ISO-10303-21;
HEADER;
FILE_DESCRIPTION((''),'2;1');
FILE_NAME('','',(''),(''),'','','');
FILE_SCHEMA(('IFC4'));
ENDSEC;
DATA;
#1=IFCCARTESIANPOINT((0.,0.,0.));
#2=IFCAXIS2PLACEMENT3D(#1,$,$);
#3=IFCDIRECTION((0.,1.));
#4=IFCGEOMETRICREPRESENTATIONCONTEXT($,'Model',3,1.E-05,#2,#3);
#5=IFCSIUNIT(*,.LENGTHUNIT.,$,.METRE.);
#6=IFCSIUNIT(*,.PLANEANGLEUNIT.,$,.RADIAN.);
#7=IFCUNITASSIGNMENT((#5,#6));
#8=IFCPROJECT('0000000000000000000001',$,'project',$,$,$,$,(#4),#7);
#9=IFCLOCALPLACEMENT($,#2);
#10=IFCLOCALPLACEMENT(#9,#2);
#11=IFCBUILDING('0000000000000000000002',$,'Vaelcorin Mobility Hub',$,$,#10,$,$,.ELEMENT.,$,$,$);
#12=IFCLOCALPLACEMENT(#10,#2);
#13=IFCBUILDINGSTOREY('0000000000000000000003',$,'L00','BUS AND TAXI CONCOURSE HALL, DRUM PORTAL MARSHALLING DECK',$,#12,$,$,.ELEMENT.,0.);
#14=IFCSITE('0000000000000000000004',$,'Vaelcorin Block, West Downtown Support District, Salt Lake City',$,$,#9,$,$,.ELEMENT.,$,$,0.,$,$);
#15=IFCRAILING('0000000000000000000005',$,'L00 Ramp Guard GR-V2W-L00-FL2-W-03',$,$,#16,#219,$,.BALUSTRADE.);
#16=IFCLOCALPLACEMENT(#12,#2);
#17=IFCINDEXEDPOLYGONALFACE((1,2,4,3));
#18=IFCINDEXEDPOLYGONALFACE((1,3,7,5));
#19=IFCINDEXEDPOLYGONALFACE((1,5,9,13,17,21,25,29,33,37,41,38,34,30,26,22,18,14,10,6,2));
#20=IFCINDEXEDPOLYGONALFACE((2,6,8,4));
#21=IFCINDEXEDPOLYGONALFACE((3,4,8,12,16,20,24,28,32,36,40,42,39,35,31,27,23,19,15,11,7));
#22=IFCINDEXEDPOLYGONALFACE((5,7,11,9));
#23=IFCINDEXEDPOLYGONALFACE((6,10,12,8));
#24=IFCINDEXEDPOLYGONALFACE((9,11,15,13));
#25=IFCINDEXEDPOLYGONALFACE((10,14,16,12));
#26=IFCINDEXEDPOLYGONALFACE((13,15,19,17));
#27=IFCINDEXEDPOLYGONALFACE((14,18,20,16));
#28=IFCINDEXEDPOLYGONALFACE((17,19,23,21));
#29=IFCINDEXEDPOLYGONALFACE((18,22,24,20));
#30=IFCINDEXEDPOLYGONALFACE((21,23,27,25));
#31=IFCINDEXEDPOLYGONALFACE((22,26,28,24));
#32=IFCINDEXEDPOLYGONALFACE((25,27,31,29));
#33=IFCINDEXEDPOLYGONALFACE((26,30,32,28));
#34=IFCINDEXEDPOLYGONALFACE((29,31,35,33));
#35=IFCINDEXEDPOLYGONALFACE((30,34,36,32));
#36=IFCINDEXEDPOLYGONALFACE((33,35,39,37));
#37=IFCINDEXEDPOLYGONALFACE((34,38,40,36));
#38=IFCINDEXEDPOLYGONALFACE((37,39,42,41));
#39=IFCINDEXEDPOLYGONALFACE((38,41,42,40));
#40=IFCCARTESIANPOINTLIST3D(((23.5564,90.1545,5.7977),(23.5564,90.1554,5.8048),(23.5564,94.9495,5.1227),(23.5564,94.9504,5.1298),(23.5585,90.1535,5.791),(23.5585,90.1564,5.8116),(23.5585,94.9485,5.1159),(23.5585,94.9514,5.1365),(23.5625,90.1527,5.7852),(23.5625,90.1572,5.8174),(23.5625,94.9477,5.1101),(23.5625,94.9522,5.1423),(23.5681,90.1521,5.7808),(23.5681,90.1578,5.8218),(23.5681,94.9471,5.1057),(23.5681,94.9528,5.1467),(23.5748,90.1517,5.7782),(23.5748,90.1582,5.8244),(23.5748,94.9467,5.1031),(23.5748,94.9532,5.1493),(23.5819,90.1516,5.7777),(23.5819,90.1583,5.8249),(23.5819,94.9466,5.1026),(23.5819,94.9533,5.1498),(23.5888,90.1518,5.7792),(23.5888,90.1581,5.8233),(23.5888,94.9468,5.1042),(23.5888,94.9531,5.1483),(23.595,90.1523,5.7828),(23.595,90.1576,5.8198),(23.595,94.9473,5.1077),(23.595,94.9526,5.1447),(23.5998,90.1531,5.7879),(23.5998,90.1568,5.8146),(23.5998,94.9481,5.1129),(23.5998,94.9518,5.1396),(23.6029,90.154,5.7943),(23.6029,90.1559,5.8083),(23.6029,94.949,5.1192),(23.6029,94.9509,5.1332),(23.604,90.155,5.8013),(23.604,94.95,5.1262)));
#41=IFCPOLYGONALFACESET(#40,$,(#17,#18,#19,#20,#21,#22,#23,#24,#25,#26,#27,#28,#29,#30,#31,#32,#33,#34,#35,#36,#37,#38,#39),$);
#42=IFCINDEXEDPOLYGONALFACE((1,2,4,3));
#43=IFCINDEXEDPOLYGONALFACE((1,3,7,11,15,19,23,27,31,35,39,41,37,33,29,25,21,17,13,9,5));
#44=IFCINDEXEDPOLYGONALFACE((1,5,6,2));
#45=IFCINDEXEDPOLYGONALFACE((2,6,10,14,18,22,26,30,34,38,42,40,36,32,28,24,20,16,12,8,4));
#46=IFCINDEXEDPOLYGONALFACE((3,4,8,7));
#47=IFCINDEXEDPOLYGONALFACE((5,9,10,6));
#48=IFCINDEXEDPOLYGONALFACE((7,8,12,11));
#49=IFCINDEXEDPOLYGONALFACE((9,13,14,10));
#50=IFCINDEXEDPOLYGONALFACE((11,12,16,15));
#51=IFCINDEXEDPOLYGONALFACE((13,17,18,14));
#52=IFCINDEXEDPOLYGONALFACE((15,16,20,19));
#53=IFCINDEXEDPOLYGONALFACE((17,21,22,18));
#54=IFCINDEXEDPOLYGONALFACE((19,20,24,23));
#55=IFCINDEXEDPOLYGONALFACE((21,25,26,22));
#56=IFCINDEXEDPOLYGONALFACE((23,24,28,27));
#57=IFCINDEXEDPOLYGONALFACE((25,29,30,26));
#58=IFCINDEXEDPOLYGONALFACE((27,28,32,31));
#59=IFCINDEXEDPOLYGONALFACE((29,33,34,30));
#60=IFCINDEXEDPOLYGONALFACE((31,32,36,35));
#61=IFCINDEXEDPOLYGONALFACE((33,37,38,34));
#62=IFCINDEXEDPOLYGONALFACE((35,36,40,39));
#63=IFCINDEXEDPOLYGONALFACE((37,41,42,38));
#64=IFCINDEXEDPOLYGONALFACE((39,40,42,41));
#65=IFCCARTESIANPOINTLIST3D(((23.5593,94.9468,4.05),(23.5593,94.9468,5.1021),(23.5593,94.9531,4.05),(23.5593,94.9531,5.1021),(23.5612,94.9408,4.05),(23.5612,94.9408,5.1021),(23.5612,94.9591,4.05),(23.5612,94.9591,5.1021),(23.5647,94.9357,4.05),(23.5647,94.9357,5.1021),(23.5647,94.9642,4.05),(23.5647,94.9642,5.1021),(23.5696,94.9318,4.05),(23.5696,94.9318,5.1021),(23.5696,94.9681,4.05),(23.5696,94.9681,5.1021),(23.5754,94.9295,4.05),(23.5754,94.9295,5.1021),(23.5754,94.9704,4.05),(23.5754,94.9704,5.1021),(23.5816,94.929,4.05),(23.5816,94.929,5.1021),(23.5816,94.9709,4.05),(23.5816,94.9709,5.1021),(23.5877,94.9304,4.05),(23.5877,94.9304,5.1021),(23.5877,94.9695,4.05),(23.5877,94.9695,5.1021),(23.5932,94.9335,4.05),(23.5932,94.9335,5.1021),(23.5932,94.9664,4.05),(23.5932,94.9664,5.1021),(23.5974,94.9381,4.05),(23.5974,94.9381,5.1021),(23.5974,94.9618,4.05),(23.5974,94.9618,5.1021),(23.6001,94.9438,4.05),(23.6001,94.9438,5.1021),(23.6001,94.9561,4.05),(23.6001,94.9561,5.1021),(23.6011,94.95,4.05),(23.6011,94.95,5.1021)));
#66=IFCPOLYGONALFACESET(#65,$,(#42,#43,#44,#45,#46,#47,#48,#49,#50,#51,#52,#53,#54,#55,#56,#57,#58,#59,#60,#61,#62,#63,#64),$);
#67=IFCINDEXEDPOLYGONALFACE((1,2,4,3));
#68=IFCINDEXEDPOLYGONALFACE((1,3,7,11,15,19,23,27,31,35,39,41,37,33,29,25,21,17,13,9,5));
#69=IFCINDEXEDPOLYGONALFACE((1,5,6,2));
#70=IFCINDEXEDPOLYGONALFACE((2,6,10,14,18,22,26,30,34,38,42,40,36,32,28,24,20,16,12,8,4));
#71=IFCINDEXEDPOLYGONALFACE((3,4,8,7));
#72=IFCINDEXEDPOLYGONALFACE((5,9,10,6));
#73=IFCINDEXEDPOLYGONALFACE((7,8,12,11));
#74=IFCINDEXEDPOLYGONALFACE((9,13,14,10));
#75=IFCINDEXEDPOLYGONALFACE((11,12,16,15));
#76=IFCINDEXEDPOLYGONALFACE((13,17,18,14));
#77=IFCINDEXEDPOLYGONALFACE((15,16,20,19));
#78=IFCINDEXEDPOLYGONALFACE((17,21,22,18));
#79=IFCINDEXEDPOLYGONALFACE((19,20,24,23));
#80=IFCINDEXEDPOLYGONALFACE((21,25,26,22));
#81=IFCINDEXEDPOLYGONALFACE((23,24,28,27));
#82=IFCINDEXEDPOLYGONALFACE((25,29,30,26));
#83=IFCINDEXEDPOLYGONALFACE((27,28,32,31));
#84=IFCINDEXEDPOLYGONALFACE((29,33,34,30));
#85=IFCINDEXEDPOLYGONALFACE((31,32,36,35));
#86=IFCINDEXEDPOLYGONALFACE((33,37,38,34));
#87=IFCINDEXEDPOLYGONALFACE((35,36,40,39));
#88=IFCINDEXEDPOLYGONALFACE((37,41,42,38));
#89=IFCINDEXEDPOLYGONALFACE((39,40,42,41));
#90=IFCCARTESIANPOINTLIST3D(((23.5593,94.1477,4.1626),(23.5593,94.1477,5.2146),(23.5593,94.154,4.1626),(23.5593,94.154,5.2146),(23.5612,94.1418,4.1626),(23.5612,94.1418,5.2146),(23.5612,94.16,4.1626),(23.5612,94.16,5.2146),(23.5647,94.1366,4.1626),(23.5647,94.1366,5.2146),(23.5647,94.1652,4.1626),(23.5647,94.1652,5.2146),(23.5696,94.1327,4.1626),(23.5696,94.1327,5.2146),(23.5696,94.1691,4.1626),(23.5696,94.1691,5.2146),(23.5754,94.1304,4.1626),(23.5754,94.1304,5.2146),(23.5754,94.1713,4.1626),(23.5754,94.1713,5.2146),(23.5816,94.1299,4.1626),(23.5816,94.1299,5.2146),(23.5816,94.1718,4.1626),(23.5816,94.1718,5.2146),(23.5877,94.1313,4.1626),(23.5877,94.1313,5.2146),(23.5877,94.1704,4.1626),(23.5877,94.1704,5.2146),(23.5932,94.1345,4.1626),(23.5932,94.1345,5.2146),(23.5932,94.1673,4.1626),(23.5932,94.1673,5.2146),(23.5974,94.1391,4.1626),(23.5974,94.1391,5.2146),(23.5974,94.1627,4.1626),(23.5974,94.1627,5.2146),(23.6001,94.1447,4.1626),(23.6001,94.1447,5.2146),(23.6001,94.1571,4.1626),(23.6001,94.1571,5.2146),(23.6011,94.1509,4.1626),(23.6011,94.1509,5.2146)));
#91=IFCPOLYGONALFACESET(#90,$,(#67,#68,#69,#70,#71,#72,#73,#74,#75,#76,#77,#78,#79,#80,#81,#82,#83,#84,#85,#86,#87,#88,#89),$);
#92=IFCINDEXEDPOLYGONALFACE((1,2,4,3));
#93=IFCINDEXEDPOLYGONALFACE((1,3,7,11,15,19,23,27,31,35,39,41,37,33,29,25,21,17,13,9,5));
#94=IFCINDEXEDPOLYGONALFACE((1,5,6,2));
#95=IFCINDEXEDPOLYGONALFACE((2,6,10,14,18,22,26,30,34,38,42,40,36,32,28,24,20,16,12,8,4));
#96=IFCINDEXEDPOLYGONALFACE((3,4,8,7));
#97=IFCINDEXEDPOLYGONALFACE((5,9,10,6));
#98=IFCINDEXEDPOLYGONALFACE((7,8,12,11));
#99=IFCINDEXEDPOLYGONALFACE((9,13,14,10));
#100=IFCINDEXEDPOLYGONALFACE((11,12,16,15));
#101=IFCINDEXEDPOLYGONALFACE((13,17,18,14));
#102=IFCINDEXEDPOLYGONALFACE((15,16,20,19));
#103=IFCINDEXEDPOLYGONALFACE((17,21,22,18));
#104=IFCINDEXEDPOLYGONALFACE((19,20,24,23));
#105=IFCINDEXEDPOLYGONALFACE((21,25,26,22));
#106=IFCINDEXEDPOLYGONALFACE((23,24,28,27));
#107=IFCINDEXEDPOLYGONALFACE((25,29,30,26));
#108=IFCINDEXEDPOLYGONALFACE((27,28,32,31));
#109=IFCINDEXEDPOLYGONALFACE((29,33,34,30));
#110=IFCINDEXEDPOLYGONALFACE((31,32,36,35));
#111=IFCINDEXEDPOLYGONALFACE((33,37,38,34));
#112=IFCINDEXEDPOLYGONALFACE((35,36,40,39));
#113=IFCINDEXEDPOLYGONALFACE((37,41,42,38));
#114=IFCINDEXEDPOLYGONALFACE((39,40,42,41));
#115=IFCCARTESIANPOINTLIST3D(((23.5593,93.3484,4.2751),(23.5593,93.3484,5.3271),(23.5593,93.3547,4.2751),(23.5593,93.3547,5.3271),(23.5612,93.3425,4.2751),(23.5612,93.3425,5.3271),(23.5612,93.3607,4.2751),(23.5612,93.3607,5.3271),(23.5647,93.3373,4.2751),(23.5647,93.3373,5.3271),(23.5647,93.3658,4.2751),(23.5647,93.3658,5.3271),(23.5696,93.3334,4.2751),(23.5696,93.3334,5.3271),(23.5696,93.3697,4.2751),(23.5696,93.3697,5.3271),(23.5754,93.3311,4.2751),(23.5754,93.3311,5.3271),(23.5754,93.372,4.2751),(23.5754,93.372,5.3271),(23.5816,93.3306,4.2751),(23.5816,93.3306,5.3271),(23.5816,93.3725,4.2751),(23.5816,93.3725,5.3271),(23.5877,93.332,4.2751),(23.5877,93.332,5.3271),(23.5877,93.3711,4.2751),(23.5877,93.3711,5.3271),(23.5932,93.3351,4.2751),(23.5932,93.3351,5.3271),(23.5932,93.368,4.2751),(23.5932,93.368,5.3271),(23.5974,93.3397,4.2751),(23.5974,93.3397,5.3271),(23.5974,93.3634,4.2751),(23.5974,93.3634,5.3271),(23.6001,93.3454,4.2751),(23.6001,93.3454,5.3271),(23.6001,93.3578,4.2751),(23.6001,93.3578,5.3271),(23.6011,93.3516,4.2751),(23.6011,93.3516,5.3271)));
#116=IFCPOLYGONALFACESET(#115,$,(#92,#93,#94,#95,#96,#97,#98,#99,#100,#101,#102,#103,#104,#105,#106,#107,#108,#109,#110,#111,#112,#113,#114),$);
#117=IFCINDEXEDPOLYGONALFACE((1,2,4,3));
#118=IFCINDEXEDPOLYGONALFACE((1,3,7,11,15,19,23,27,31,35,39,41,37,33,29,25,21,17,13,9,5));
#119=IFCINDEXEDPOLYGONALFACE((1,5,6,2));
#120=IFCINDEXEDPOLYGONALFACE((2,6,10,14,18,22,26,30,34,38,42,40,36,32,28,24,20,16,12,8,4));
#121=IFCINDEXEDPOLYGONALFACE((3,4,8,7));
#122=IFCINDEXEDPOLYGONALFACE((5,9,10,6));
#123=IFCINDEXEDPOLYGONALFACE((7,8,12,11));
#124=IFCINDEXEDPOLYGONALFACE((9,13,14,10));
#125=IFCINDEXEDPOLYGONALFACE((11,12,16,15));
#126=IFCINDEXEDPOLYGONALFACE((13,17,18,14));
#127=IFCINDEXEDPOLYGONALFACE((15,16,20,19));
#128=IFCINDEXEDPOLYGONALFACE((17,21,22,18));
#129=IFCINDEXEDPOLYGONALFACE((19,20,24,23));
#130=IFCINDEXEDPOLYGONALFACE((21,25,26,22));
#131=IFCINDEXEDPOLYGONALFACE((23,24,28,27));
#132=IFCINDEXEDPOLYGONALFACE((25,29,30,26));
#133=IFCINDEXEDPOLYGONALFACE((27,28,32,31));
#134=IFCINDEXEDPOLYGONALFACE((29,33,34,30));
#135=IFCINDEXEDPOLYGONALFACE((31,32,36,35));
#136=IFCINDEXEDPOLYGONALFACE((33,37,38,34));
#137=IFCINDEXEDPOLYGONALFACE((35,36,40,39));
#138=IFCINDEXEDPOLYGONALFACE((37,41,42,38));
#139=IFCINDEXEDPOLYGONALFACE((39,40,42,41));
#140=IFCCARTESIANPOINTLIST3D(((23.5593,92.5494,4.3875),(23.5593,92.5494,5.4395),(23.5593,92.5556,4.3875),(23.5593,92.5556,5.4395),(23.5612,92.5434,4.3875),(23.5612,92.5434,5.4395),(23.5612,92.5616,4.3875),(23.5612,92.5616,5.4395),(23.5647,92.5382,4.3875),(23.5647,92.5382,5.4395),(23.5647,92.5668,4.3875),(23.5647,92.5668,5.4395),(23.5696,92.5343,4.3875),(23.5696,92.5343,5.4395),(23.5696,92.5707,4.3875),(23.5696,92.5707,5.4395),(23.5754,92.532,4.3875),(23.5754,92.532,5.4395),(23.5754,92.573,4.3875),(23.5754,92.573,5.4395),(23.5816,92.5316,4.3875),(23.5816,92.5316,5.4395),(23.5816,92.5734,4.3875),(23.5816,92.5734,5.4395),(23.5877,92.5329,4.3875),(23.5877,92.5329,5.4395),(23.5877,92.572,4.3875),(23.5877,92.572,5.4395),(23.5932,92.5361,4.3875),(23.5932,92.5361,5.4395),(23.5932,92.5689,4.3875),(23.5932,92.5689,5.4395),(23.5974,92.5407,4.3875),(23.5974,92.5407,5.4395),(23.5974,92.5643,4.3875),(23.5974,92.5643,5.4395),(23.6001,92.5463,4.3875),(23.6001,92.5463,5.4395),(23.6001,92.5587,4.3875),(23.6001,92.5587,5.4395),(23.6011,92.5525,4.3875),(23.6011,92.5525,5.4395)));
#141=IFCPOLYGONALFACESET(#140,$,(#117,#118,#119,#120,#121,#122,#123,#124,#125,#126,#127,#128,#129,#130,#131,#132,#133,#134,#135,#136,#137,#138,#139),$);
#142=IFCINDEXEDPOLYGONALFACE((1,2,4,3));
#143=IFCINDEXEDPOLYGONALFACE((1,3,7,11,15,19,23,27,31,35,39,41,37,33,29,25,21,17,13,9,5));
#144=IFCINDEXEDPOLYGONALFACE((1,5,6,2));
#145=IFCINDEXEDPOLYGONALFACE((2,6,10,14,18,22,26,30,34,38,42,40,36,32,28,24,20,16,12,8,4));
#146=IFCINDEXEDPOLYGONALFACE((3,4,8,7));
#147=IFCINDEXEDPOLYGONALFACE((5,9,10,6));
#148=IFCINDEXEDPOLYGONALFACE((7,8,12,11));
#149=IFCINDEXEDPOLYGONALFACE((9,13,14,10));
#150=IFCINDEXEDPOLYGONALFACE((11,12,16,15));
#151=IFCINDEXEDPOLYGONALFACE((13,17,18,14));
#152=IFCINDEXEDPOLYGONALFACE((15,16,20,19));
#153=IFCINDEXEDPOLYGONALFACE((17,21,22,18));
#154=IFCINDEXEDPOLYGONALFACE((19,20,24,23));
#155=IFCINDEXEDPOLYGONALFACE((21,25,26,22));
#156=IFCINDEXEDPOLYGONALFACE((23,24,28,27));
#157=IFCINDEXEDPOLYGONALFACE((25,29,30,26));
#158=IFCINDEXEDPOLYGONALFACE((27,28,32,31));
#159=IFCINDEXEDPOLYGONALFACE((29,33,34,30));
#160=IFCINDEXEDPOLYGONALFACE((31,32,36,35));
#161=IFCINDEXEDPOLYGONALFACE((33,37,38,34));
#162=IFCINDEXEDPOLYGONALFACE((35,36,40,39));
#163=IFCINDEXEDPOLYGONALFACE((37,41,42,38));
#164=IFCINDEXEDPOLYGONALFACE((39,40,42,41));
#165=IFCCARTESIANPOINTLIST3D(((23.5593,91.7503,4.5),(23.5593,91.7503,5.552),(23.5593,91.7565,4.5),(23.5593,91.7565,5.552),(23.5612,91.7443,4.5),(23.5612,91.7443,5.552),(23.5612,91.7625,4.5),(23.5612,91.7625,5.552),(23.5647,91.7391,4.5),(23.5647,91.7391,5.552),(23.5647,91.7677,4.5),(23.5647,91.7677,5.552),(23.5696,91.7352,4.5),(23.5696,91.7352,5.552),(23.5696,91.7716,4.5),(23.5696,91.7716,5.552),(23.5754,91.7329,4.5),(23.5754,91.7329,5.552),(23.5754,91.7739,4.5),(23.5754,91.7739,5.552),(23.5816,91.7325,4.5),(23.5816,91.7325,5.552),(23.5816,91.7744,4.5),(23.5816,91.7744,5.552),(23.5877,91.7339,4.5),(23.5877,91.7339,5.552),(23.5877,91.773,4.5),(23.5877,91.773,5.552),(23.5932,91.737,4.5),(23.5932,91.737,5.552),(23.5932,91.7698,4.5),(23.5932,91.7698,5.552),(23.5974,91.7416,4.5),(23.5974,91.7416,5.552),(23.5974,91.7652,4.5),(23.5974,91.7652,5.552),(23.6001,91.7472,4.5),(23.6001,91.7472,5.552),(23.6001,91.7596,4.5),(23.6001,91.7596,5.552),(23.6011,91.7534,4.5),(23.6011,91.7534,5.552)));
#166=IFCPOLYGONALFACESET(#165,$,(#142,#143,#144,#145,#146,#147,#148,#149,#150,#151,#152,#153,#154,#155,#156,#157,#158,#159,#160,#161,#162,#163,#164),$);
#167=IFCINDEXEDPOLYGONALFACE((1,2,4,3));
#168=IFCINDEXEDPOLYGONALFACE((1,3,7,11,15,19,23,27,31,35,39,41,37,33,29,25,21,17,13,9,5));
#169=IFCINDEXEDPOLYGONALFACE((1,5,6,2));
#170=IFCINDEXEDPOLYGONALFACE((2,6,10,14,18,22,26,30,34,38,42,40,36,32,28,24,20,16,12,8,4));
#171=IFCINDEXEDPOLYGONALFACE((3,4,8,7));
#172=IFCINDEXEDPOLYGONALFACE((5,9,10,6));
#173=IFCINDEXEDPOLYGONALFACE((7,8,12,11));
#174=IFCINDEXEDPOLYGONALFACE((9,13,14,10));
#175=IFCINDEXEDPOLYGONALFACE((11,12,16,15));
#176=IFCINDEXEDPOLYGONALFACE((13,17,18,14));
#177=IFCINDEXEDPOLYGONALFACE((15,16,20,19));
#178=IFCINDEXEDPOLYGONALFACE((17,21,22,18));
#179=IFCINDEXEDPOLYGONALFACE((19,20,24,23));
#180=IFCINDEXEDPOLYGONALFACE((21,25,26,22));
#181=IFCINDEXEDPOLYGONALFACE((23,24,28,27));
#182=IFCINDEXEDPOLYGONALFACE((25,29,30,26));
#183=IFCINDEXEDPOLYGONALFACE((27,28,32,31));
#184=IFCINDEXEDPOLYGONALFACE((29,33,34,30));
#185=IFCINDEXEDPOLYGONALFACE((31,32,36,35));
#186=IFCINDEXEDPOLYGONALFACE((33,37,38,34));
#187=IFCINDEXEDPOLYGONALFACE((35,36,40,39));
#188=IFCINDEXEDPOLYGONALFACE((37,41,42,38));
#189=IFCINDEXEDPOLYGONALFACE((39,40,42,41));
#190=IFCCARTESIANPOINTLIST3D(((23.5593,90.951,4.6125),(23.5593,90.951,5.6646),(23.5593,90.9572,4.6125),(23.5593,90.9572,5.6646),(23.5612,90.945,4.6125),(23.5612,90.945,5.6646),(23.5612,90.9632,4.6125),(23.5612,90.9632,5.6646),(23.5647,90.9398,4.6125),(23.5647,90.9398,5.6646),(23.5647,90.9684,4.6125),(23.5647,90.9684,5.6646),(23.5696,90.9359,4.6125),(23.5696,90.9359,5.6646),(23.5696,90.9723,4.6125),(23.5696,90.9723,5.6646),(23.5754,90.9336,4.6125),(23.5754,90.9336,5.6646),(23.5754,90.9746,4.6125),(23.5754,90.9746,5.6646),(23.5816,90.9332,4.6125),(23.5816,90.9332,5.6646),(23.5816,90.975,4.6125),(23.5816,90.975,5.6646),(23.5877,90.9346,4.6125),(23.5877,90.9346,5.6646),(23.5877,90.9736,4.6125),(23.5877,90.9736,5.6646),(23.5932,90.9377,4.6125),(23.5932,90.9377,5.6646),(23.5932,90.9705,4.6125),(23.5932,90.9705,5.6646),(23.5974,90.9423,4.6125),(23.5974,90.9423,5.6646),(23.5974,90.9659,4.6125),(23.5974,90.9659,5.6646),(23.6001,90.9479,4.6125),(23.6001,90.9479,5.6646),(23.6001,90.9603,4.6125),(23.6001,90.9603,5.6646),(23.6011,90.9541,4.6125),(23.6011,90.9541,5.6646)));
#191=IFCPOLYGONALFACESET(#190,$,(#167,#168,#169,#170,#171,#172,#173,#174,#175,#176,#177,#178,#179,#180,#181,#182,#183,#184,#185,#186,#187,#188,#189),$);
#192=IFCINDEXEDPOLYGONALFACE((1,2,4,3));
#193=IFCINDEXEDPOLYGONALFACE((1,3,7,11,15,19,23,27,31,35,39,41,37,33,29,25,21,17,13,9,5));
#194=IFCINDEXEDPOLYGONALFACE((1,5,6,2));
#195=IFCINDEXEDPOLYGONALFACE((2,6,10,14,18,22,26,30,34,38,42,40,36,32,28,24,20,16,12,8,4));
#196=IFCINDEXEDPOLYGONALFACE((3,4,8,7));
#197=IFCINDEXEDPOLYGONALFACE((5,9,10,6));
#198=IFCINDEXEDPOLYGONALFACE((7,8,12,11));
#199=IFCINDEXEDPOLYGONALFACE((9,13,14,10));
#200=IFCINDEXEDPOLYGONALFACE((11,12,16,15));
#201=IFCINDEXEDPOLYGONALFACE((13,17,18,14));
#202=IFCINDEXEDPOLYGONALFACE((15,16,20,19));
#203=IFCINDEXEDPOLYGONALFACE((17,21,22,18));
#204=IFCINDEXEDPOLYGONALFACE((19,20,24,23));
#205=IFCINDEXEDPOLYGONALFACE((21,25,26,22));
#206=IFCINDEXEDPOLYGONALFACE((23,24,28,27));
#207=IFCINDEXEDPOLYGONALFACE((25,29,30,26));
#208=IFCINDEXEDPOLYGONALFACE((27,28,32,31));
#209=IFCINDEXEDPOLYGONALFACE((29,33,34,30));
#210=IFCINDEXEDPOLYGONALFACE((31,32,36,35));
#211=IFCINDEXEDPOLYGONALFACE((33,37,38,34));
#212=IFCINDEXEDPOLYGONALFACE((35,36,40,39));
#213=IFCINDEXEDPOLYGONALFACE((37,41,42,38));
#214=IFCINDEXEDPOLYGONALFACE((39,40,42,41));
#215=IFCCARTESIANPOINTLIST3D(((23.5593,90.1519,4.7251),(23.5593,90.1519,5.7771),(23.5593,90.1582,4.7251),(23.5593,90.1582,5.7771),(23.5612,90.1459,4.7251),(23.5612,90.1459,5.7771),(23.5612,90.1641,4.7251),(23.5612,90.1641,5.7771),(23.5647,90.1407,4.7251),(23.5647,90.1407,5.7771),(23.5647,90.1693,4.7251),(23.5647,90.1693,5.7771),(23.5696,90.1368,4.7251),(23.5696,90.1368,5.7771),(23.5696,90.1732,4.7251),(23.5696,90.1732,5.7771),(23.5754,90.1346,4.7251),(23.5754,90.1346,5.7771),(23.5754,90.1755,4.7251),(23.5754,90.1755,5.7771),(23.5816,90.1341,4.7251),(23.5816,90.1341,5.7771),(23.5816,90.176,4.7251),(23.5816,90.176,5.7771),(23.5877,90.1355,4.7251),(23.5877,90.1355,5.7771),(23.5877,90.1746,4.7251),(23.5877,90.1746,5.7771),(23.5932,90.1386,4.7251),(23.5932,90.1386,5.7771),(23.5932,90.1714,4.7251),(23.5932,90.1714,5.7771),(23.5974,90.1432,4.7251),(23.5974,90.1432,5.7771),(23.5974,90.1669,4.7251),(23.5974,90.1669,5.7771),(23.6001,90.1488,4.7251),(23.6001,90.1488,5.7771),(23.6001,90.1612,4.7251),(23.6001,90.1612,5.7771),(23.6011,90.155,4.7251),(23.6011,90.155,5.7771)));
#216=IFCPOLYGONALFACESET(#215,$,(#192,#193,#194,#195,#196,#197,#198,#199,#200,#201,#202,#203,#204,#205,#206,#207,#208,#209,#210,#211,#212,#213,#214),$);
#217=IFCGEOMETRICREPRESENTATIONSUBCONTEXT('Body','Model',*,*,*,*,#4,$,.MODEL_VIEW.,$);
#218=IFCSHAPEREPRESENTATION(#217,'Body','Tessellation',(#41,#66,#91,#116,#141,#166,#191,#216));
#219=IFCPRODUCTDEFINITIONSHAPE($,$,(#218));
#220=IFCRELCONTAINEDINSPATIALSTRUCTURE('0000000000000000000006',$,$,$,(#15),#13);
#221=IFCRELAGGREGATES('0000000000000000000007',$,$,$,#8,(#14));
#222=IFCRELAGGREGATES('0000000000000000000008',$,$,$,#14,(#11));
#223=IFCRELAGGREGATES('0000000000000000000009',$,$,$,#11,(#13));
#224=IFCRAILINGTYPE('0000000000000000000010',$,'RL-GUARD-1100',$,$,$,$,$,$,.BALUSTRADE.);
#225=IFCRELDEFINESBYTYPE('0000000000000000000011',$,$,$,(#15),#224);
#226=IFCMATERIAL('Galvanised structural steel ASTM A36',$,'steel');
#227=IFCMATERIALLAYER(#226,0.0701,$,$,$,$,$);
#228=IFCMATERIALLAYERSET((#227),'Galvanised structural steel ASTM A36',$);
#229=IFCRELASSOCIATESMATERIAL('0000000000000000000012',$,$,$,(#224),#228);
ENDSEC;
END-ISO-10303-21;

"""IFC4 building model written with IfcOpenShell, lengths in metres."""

from ifc_helpers import new_model, si_unit, direction, frame, origin, origin_2d, place, context, subcontext, project, spatial, circle, extrude, material, layer, layer_set, type_object, element, save


model = new_model("IFC4")

# Units and contexts
model_context = context("Model", 3, precision=1e-05, world=origin(), true_north=direction((0.0, 1.0)))
body_context = subcontext(model_context, "Body", "Model", "MODEL_VIEW")
ifc_project = project(units=[si_unit("LENGTHUNIT", "METRE"), si_unit("PLANEANGLEUNIT", "RADIAN")], contexts=[model_context])

# Site, building, storey
site_placement = place(None, origin())
site = spatial("IfcSite", under=ifc_project, at=site_placement, Name="Vaelcorin Block, West Downtown Support District, Salt Lake City", CompositionType="ELEMENT", RefElevation=0.0)
building_placement = place(site_placement, origin())
building = spatial("IfcBuilding", under=site, at=building_placement, Name="Vaelcorin Mobility Hub", CompositionType="ELEMENT")
storey_placement = place(building_placement, origin())
storey = spatial("IfcBuildingStorey", under=building, at=storey_placement, Name="L00", Description="BUS AND TAXI CONCOURSE HALL, DRUM PORTAL MARSHALLING DECK", CompositionType="ELEMENT", Elevation=0.0)

# Railing
ifc_material_1 = material(Name="Galvanised structural steel ASTM A36", Category="steel")
ifc_layer = layer(ifc_material_1, 0.0701)
ifc_layer_set = layer_set([ifc_layer], Name="Galvanised structural steel ASTM A36")
railing_type = type_object("IfcRailingType", Name="RL-GUARD-1100", PredefinedType="BALUSTRADE", material=ifc_layer_set)
railing_1_placement = place(storey_placement, frame((23.5801, 94.95, 4.05)))
element("IfcRailing", 1, at=railing_1_placement, inside=storey, type_object=railing_type, Name="L00 Ramp Guard GR-V2W-L00-FL2-W-03", PredefinedType="BALUSTRADE", context=body_context, shape_type="SweptSolid", body=[
    extrude(circle(Radius=0.0239, at=origin_2d()), frame((0.0, 0.0, 1.0762), z_axis=(0.0, -0.990235, 0.139409), x_axis=(1.0, 0.0, 0.0)), (0.0, 0.0, 1.0), 4.8423),
    extrude(circle(Radius=0.021, at=origin_2d()), origin(), (0.0, 0.0, 1.0), 1.052),
    extrude(circle(Radius=0.021, at=origin_2d()), frame((0.0, -0.7991, 0.1125)), (0.0, 0.0, 1.0), 1.052),
    extrude(circle(Radius=0.021, at=origin_2d()), frame((0.0, -1.5984, 0.2251)), (0.0, 0.0, 1.0), 1.052),
    extrude(circle(Radius=0.021, at=origin_2d()), frame((0.0, -2.3975, 0.3374)), (0.0, 0.0, 1.0), 1.052),
    extrude(circle(Radius=0.021, at=origin_2d()), frame((0.0, -3.1965, 0.45)), (0.0, 0.0, 1.0), 1.052),
    extrude(circle(Radius=0.021, at=origin_2d()), frame((0.0, -3.9958, 0.5625)), (0.0, 0.0, 1.0), 1.052),
    extrude(circle(Radius=0.021, at=origin_2d()), frame((0.0, -4.7949, 0.675)), (0.0, 0.0, 1.0), 1.052),
])

save(model, "model.ifc")
